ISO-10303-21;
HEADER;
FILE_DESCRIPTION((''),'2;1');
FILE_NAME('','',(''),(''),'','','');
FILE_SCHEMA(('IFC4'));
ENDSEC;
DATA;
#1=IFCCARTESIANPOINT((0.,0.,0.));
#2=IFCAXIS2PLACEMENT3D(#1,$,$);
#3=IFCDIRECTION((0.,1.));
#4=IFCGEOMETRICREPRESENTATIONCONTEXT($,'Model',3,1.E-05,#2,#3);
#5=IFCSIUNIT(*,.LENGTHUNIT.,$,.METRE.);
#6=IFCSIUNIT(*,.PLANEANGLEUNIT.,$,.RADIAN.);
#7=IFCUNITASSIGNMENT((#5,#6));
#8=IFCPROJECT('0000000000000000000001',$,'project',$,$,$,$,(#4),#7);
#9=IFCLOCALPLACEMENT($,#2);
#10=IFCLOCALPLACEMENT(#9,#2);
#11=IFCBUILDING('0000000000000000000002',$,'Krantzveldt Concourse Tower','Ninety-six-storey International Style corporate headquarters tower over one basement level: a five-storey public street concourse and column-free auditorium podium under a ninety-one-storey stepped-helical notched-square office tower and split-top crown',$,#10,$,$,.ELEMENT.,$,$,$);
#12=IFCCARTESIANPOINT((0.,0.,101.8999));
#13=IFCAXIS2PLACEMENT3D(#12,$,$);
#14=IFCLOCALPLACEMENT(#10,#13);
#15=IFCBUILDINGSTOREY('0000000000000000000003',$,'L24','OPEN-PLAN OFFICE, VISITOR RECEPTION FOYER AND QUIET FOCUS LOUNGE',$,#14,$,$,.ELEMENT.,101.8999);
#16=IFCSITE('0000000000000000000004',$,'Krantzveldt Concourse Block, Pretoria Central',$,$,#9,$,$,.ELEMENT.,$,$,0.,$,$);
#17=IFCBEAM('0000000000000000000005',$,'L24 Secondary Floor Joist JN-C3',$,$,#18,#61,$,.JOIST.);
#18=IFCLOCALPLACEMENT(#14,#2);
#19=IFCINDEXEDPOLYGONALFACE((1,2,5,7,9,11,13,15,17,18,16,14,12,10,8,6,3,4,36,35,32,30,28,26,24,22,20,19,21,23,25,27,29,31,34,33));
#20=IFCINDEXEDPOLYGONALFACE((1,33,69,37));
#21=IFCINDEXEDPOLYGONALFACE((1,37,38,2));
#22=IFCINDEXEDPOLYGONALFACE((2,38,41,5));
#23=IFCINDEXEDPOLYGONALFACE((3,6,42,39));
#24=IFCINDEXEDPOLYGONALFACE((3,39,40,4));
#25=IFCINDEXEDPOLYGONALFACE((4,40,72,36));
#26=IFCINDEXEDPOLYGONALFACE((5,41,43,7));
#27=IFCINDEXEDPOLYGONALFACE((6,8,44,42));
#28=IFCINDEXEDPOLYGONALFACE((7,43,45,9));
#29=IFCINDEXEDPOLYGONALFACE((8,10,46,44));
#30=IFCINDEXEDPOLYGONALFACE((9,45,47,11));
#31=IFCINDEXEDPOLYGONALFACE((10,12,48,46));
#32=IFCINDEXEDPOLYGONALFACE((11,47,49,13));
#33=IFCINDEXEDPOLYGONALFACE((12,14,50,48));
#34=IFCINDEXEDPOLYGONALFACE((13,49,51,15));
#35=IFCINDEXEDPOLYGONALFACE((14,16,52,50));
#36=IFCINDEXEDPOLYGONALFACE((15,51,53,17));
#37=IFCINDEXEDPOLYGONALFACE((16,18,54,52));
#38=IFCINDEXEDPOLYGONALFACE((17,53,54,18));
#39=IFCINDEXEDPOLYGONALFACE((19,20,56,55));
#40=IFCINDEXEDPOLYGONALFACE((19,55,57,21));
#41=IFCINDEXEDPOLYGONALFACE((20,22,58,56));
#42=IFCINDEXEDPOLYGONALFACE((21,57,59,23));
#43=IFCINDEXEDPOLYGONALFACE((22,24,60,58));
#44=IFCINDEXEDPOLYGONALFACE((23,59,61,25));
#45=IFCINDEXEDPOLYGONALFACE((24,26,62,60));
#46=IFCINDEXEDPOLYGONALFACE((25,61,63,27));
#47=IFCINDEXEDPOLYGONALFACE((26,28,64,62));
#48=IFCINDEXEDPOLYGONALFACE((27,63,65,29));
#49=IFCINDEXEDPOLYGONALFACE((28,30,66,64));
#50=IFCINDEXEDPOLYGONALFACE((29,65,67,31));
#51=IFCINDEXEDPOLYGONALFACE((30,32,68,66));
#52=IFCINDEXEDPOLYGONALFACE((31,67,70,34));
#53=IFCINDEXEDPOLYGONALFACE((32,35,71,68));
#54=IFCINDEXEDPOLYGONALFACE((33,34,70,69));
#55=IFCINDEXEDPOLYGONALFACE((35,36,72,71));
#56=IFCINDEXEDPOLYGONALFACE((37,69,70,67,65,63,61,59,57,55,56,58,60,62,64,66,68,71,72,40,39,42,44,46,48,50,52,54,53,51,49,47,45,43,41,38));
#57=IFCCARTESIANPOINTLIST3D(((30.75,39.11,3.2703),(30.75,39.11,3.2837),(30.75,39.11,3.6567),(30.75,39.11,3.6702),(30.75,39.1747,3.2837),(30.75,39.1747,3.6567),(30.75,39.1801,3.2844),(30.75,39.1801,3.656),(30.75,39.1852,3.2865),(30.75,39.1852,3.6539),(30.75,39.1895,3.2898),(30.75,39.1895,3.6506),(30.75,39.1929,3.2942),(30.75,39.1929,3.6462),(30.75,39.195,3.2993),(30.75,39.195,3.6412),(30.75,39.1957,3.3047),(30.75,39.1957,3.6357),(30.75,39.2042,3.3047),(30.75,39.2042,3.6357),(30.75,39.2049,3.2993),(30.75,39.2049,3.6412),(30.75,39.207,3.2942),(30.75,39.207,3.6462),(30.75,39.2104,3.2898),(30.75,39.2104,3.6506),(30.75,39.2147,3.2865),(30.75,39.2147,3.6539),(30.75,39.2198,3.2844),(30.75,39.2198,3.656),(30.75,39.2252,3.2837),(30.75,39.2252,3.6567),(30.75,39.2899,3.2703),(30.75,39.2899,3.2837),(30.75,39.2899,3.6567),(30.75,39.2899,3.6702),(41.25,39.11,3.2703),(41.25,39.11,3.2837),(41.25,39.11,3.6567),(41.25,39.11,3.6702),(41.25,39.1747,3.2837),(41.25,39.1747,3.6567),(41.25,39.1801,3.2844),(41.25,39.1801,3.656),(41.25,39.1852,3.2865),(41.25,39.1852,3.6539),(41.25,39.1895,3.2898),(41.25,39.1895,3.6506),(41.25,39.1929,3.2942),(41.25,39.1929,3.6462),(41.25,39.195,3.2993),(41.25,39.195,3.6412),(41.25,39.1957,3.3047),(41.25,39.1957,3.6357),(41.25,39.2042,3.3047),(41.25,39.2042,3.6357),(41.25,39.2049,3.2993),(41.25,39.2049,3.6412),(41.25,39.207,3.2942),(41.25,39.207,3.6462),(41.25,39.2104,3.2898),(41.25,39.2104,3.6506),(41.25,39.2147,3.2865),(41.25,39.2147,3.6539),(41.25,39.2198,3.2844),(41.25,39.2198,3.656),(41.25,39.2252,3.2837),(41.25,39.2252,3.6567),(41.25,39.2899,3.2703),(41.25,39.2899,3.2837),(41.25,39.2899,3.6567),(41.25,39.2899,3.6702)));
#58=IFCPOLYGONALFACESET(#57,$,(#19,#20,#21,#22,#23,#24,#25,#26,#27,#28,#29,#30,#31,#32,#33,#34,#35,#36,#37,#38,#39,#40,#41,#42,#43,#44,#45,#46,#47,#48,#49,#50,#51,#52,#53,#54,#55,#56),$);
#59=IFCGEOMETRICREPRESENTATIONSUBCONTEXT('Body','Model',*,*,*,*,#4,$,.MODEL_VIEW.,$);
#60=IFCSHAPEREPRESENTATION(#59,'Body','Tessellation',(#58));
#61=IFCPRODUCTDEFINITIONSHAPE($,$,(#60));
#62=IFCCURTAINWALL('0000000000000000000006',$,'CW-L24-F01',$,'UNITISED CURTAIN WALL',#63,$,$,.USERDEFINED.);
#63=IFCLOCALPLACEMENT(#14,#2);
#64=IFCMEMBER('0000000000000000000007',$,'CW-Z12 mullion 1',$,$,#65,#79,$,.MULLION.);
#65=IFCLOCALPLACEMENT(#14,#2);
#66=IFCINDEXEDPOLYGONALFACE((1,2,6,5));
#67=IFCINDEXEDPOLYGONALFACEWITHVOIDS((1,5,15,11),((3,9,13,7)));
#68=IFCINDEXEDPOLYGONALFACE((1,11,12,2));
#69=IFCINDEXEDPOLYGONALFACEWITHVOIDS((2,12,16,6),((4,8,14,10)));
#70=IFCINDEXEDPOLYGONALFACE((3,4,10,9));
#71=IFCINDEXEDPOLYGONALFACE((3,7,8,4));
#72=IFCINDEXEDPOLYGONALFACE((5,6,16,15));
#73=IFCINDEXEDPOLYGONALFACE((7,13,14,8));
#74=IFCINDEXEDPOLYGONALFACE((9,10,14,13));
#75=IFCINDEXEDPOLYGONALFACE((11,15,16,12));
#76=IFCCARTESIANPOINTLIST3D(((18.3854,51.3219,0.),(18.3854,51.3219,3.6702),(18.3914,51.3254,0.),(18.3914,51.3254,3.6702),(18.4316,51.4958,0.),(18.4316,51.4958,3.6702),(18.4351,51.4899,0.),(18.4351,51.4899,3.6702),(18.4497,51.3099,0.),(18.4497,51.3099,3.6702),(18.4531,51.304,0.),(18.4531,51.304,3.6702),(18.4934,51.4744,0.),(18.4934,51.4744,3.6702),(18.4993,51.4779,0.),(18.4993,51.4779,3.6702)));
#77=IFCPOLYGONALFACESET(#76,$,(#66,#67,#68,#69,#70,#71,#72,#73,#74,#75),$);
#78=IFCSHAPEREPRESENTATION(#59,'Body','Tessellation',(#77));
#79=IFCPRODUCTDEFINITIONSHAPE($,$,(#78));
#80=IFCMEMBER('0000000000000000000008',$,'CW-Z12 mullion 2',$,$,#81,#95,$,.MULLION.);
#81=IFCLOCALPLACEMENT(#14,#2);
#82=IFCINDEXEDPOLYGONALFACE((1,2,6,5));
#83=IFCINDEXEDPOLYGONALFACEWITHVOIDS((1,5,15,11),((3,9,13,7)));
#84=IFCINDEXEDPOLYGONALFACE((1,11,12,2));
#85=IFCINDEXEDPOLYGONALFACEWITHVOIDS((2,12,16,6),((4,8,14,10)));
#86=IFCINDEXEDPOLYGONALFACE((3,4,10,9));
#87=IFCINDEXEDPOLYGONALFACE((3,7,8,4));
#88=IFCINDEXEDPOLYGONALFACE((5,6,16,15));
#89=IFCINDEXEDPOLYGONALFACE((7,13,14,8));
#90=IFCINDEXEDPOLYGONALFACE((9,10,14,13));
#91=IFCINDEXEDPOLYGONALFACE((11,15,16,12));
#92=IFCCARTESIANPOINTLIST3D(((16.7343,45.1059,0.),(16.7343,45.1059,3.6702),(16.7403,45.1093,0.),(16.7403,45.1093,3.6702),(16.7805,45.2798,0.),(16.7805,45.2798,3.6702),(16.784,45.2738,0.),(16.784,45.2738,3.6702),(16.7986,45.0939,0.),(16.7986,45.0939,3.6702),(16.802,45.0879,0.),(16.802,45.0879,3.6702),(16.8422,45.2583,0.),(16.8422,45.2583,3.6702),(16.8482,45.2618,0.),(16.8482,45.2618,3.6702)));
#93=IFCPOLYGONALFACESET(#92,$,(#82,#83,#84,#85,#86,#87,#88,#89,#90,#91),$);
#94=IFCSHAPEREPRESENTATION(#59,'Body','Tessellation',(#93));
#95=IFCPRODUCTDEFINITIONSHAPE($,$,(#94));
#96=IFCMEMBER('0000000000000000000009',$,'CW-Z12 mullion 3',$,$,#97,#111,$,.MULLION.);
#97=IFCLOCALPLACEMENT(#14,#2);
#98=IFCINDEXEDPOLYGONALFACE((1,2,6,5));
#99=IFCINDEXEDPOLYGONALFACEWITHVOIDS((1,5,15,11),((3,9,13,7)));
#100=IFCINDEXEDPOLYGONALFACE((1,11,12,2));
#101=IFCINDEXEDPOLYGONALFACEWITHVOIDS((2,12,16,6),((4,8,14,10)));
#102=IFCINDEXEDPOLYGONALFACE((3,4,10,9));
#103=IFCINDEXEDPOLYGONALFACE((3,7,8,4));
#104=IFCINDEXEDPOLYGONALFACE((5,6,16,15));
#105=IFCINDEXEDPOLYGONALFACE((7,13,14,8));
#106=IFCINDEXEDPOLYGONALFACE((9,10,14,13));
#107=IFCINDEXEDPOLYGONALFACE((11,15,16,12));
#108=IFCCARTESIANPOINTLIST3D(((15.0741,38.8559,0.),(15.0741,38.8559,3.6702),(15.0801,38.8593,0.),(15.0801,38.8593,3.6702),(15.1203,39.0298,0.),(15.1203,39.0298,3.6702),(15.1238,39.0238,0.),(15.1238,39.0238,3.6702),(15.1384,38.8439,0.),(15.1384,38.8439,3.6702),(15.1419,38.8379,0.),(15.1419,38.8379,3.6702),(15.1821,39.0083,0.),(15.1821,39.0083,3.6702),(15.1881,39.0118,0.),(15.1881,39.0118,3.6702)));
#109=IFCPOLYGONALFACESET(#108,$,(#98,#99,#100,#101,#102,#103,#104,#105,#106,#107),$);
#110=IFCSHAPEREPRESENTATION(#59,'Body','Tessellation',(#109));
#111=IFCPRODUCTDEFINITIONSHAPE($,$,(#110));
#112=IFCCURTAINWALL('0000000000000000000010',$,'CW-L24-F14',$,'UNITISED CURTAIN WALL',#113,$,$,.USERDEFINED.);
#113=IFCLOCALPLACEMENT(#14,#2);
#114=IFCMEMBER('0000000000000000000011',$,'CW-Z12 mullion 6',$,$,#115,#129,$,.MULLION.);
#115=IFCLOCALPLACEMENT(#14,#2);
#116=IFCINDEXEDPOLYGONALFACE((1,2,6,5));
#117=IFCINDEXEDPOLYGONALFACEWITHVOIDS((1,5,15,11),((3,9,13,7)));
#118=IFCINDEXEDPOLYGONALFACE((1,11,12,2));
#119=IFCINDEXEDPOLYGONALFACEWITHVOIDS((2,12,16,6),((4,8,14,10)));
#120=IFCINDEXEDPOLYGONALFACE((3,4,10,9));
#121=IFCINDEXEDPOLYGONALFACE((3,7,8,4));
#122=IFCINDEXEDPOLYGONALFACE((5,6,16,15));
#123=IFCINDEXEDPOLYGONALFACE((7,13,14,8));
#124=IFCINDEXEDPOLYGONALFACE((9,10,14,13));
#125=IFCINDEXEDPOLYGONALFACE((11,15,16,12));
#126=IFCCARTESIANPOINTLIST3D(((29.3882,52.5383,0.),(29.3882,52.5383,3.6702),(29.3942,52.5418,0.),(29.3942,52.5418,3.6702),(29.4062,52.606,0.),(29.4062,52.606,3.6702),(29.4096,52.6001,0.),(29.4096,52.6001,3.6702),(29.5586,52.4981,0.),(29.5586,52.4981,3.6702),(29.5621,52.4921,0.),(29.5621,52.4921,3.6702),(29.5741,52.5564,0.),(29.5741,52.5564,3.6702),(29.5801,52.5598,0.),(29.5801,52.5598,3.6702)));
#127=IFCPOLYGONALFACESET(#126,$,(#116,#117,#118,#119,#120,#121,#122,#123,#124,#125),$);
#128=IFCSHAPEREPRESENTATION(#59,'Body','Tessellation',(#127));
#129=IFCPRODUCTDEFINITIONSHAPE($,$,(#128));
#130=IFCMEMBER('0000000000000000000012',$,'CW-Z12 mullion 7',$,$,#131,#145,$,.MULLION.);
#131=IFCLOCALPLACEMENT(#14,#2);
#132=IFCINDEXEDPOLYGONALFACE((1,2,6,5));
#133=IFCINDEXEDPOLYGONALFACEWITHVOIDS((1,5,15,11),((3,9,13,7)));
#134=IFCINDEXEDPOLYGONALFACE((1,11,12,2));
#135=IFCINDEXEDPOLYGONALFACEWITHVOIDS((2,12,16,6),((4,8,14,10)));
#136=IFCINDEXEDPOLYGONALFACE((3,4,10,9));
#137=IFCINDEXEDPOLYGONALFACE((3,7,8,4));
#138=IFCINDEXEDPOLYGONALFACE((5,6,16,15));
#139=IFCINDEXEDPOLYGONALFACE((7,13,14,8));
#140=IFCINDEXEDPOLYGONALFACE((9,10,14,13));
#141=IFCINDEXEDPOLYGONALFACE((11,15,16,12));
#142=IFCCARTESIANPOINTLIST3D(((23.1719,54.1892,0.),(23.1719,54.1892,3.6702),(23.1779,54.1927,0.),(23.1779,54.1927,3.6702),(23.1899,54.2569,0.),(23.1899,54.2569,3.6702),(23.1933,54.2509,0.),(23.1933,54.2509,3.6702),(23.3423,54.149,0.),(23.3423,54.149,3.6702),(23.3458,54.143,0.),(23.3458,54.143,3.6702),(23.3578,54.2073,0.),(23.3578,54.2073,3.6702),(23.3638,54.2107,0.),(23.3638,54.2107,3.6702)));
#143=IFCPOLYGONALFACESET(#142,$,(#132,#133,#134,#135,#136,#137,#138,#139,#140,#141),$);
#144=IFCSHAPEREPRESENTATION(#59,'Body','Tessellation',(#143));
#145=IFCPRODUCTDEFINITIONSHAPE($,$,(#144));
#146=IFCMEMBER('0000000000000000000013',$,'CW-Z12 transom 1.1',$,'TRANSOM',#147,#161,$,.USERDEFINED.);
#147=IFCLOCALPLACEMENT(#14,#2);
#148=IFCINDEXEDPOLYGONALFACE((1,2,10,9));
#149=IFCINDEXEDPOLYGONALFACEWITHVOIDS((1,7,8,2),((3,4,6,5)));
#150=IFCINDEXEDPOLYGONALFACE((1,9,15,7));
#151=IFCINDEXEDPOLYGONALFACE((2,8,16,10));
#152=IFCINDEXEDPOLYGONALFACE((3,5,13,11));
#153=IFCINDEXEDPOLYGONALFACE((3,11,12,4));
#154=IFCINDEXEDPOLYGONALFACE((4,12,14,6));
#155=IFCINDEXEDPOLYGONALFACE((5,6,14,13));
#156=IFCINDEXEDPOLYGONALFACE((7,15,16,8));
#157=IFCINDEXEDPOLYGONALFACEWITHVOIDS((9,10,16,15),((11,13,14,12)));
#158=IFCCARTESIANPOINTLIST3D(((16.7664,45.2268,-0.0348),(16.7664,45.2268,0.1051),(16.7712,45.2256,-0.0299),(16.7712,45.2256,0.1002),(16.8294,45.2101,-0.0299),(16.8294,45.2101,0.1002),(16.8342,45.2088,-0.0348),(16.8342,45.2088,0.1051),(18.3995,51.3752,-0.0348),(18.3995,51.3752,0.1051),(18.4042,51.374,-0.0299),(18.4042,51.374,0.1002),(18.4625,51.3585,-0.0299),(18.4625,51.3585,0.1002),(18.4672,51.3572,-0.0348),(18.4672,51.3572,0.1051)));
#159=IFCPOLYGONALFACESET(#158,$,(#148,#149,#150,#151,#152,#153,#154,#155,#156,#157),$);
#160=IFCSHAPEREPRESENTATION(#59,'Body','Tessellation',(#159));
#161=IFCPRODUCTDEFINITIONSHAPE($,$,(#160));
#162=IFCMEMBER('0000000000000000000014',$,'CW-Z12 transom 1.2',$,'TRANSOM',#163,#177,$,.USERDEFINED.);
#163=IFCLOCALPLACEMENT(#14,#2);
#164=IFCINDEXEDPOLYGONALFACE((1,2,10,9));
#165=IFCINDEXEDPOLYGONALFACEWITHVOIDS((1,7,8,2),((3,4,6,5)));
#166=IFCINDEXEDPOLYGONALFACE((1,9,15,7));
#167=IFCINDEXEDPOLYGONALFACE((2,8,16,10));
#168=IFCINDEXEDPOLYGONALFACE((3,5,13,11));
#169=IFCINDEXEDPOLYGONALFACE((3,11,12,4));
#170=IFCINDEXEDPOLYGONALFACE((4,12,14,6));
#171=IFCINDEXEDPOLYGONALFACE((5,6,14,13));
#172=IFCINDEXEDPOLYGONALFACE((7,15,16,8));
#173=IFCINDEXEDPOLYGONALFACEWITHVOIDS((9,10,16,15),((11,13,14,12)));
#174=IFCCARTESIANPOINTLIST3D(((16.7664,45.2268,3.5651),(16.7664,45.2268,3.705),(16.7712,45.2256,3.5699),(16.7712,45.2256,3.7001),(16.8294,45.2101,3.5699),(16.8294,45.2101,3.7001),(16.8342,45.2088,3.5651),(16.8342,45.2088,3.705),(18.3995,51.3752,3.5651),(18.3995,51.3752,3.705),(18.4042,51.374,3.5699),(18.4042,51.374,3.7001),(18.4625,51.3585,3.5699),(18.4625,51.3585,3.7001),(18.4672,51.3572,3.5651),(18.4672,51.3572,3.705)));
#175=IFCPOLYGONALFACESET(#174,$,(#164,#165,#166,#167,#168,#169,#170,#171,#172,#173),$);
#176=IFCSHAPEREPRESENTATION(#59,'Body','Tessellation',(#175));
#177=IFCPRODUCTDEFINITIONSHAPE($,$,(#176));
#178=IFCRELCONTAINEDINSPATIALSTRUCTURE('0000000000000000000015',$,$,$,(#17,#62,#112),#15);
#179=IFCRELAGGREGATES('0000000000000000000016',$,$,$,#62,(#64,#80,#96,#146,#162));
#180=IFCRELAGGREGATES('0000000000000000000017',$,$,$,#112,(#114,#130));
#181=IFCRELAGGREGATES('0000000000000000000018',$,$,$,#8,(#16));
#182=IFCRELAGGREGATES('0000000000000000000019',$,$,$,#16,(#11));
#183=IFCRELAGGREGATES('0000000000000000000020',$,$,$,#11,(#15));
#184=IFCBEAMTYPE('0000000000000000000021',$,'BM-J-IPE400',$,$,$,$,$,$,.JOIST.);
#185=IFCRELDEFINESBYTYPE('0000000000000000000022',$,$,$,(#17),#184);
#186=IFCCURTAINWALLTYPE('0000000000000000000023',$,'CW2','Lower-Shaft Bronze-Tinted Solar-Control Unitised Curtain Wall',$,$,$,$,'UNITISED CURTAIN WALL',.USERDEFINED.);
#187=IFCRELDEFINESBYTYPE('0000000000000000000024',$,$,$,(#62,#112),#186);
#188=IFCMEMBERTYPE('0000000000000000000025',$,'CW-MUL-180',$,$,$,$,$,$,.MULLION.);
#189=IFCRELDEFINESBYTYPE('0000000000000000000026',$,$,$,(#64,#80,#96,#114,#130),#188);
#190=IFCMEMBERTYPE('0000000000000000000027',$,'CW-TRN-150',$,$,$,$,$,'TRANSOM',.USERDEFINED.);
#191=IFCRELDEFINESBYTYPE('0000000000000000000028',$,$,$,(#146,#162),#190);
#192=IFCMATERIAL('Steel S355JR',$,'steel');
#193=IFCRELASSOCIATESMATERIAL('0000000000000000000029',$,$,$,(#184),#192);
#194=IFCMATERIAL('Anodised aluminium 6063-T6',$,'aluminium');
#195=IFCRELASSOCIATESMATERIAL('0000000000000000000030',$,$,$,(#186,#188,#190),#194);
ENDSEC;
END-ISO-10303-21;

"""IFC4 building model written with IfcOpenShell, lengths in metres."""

from ifc_helpers import new_model, si_unit, direction, frame, origin, origin_2d, place, context, subcontext, project, spatial, hollow_rectangle, i_section, extrude, source, transform, mapped, material, material_profile, profile_set, type_object, type_shapes, element, aggregate, save


model = new_model("IFC4")

# Units and contexts
model_context = context("Model", 3, precision=1e-05, world=origin(), true_north=direction((0.0, 1.0)))
body_context = subcontext(model_context, "Body", "Model", "MODEL_VIEW")
ifc_project = project(units=[si_unit("LENGTHUNIT", "METRE"), si_unit("PLANEANGLEUNIT", "RADIAN")], contexts=[model_context])

# Site, building, storey
site_placement = place(None, origin())
site = spatial("IfcSite", under=ifc_project, at=site_placement, Name="Krantzveldt Concourse Block, Pretoria Central", CompositionType="ELEMENT", RefElevation=0.0)
building_placement = place(site_placement, origin())
building = spatial("IfcBuilding", under=site, at=building_placement, Name="Krantzveldt Concourse Tower", Description="Ninety-six-storey International Style corporate headquarters tower over one basement level: a five-storey public street concourse and column-free auditorium podium under a ninety-one-storey stepped-helical notched-square office tower and split-top crown", CompositionType="ELEMENT")
storey_placement = place(building_placement, frame((0.0, 0.0, 101.8999)))
storey = spatial("IfcBuildingStorey", under=building, at=storey_placement, Name="L24", Description="OPEN-PLAN OFFICE, VISITOR RECEPTION FOYER AND QUIET FOCUS LOUNGE", CompositionType="ELEMENT", Elevation=101.8999)

# Beam
ifc_material_1 = material(Name="Steel S355JR", Category="steel")
ifc_material_profile_1 = material_profile(ifc_material_1, i_section(OverallWidth=0.1799, OverallDepth=0.3999, WebThickness=0.0085, FlangeThickness=0.0134, FilletRadius=0.021, at=origin_2d()), Name="Steel S355JR", Category="steel")
ifc_profile_set_1 = profile_set([ifc_material_profile_1], Name="Steel S355JR - IPE 400")
beam_type_1 = type_object("IfcBeamType", Name="BM-J-IPE400", PredefinedType="JOIST", material=ifc_profile_set_1)
shared_shape_1 = source(origin(), body_context, "Body", "SweptSolid", [
    extrude(i_section(OverallWidth=0.1799, OverallDepth=0.3999, WebThickness=0.0085, FlangeThickness=0.0134, FilletRadius=0.021, at=origin_2d()), origin(), (0.0, 0.0, 1.0), 10.5),
])
type_shapes(beam_type_1, [shared_shape_1])
beam_1_placement = place(storey_placement, frame((30.75, 39.2, 3.4702), z_axis=(1.0, 0.0, 0.0), x_axis=(0.0, 1.0, 0.0)))
element("IfcBeam", 1, at=beam_1_placement, inside=storey, type_object=beam_type_1, Name="L24 Secondary Floor Joist JN-C3", PredefinedType="JOIST", context=body_context, shape_type="MappedRepresentation", body=[
    mapped(shared_shape_1, transform((0.0, 0.0, 0.0), x_axis=(1.0, 0.0, 0.0), y_axis=(0.0, 1.0, 0.0), z_axis=(0.0, 0.0, 1.0), scale=1.0)),
])

# Curtain walls, members
ifc_material_2 = material(Name="Anodised aluminium 6063-T6", Category="aluminium")
curtain_wall_type = type_object("IfcCurtainWallType", Name="CW2", Description="Lower-Shaft Bronze-Tinted Solar-Control Unitised Curtain Wall", ElementType="UNITISED CURTAIN WALL", PredefinedType="USERDEFINED", material=ifc_material_2)
curtain_wall_1_placement = place(storey_placement, origin())
curtain_wall_1 = element("IfcCurtainWall", 2, at=curtain_wall_1_placement, inside=storey, type_object=curtain_wall_type, Name="CW-L24-F01", ObjectType="UNITISED CURTAIN WALL", PredefinedType="USERDEFINED")
ifc_material_profile_2 = material_profile(ifc_material_2, hollow_rectangle(XDim=0.0701, YDim=0.1799, WallThickness=0.0049, at=origin_2d()), Name="Anodised aluminium 6063-T6", Category="aluminium")
ifc_profile_set_2 = profile_set([ifc_material_profile_2], Name="Anodised aluminium 6063-T6 - ALU-MULL 180x70x5")
member_type_1 = type_object("IfcMemberType", Name="CW-MUL-180", PredefinedType="MULLION", material=ifc_profile_set_2)
shared_shape_2 = source(origin(), body_context, "Body", "SweptSolid", [
    extrude(hollow_rectangle(XDim=0.0701, YDim=0.1799, WallThickness=0.0049, at=origin_2d()), origin(), (0.0, 0.0, 1.0), 3.6702),
])
type_shapes(member_type_1, [shared_shape_2])
member_1_placement = place(storey_placement, frame((18.4424, 51.3999, 0.0), z_axis=(0.0, 0.0, 1.0), x_axis=(0.966488, -0.256711, 0.0)))
member_1 = element("IfcMember", 3, at=member_1_placement, type_object=member_type_1, Name="CW-Z12 mullion 1", PredefinedType="MULLION", context=body_context, shape_type="MappedRepresentation", body=[
    mapped(shared_shape_2, transform((0.0, 0.0, 0.0), x_axis=(1.0, 0.0, 0.0), y_axis=(0.0, 1.0, 0.0), z_axis=(0.0, 0.0, 1.0), scale=1.0)),
])
member_2_placement = place(storey_placement, frame((16.7913, 45.1838, 0.0), z_axis=(0.0, 0.0, 1.0), x_axis=(0.966488, -0.256711, 0.0)))
member_2 = element("IfcMember", 4, at=member_2_placement, type_object=member_type_1, Name="CW-Z12 mullion 2", PredefinedType="MULLION", context=body_context, shape_type="MappedRepresentation", body=[
    mapped(shared_shape_2, transform((0.0, 0.0, 0.0), x_axis=(1.0, 0.0, 0.0), y_axis=(0.0, 1.0, 0.0), z_axis=(0.0, 0.0, 1.0), scale=1.0)),
])
member_3_placement = place(storey_placement, frame((15.1311, 38.9338, 0.0), z_axis=(0.0, 0.0, 1.0), x_axis=(0.966488, -0.256711, 0.0)))
member_3 = element("IfcMember", 5, at=member_3_placement, type_object=member_type_1, Name="CW-Z12 mullion 3", PredefinedType="MULLION", context=body_context, shape_type="MappedRepresentation", body=[
    mapped(shared_shape_2, transform((0.0, 0.0, 0.0), x_axis=(1.0, 0.0, 0.0), y_axis=(0.0, 1.0, 0.0), z_axis=(0.0, 0.0, 1.0), scale=1.0)),
])
curtain_wall_2_placement = place(storey_placement, origin())
curtain_wall_2 = element("IfcCurtainWall", 6, at=curtain_wall_2_placement, inside=storey, type_object=curtain_wall_type, Name="CW-L24-F14", ObjectType="UNITISED CURTAIN WALL", PredefinedType="USERDEFINED")
member_4_placement = place(storey_placement, frame((29.4841, 52.5491, 0.0), z_axis=(0.0, 0.0, 1.0), x_axis=(-0.256711, -0.966488, 0.0)))
member_4 = element("IfcMember", 7, at=member_4_placement, type_object=member_type_1, Name="CW-Z12 mullion 6", PredefinedType="MULLION", context=body_context, shape_type="MappedRepresentation", body=[
    mapped(shared_shape_2, transform((0.0, 0.0, 0.0), x_axis=(1.0, 0.0, 0.0), y_axis=(0.0, 1.0, 0.0), z_axis=(0.0, 0.0, 1.0), scale=1.0)),
])
member_5_placement = place(storey_placement, frame((23.2678, 54.2, 0.0), z_axis=(0.0, 0.0, 1.0), x_axis=(-0.256711, -0.966488, 0.0)))
member_5 = element("IfcMember", 8, at=member_5_placement, type_object=member_type_1, Name="CW-Z12 mullion 7", PredefinedType="MULLION", context=body_context, shape_type="MappedRepresentation", body=[
    mapped(shared_shape_2, transform((0.0, 0.0, 0.0), x_axis=(1.0, 0.0, 0.0), y_axis=(0.0, 1.0, 0.0), z_axis=(0.0, 0.0, 1.0), scale=1.0)),
])

# Members
ifc_material_profile_3 = material_profile(ifc_material_2, hollow_rectangle(XDim=0.0701, YDim=0.1399, WallThickness=0.0049, at=origin_2d()), Name="Anodised aluminium 6063-T6", Category="aluminium")
ifc_profile_set_3 = profile_set([ifc_material_profile_3], Name="Anodised aluminium 6063-T6 - ALU-TRAN 140x70x5")
member_type_2 = type_object("IfcMemberType", Name="CW-TRN-150", ElementType="TRANSOM", PredefinedType="USERDEFINED", material=ifc_profile_set_3)
shared_shape_3 = source(origin(), body_context, "Body", "SweptSolid", [
    extrude(hollow_rectangle(XDim=0.0701, YDim=0.1399, WallThickness=0.0049, at=origin_2d()), origin(), (0.0, 0.0, 1.0), 6.3616),
])
member_6_placement = place(storey_placement, frame((18.4333, 51.3662, 0.0352), z_axis=(-0.256705, -0.96649, 0.0), x_axis=(0.96649, -0.256705, 0.0)))
member_6 = element("IfcMember", 9, at=member_6_placement, type_object=member_type_2, Name="CW-Z12 transom 1.1", ObjectType="TRANSOM", PredefinedType="USERDEFINED", context=body_context, shape_type="MappedRepresentation", body=[
    mapped(shared_shape_3, transform((0.0, 0.0, 0.0), x_axis=(1.0, 0.0, 0.0), y_axis=(0.0, 1.0, 0.0), z_axis=(0.0, 0.0, 1.0), scale=1.0)),
])
member_7_placement = place(storey_placement, frame((18.4333, 51.3662, 3.635), z_axis=(-0.256705, -0.96649, 0.0), x_axis=(0.96649, -0.256705, 0.0)))
member_7 = element("IfcMember", 10, at=member_7_placement, type_object=member_type_2, Name="CW-Z12 transom 1.2", ObjectType="TRANSOM", PredefinedType="USERDEFINED", context=body_context, shape_type="MappedRepresentation", body=[
    mapped(shared_shape_3, transform((0.0, 0.0, 0.0), x_axis=(1.0, 0.0, 0.0), y_axis=(0.0, 1.0, 0.0), z_axis=(0.0, 0.0, 1.0), scale=1.0)),
])

aggregate(curtain_wall_1, [member_1, member_2, member_3, member_6, member_7])
aggregate(curtain_wall_2, [member_4, member_5])

save(model, "model.ifc")
